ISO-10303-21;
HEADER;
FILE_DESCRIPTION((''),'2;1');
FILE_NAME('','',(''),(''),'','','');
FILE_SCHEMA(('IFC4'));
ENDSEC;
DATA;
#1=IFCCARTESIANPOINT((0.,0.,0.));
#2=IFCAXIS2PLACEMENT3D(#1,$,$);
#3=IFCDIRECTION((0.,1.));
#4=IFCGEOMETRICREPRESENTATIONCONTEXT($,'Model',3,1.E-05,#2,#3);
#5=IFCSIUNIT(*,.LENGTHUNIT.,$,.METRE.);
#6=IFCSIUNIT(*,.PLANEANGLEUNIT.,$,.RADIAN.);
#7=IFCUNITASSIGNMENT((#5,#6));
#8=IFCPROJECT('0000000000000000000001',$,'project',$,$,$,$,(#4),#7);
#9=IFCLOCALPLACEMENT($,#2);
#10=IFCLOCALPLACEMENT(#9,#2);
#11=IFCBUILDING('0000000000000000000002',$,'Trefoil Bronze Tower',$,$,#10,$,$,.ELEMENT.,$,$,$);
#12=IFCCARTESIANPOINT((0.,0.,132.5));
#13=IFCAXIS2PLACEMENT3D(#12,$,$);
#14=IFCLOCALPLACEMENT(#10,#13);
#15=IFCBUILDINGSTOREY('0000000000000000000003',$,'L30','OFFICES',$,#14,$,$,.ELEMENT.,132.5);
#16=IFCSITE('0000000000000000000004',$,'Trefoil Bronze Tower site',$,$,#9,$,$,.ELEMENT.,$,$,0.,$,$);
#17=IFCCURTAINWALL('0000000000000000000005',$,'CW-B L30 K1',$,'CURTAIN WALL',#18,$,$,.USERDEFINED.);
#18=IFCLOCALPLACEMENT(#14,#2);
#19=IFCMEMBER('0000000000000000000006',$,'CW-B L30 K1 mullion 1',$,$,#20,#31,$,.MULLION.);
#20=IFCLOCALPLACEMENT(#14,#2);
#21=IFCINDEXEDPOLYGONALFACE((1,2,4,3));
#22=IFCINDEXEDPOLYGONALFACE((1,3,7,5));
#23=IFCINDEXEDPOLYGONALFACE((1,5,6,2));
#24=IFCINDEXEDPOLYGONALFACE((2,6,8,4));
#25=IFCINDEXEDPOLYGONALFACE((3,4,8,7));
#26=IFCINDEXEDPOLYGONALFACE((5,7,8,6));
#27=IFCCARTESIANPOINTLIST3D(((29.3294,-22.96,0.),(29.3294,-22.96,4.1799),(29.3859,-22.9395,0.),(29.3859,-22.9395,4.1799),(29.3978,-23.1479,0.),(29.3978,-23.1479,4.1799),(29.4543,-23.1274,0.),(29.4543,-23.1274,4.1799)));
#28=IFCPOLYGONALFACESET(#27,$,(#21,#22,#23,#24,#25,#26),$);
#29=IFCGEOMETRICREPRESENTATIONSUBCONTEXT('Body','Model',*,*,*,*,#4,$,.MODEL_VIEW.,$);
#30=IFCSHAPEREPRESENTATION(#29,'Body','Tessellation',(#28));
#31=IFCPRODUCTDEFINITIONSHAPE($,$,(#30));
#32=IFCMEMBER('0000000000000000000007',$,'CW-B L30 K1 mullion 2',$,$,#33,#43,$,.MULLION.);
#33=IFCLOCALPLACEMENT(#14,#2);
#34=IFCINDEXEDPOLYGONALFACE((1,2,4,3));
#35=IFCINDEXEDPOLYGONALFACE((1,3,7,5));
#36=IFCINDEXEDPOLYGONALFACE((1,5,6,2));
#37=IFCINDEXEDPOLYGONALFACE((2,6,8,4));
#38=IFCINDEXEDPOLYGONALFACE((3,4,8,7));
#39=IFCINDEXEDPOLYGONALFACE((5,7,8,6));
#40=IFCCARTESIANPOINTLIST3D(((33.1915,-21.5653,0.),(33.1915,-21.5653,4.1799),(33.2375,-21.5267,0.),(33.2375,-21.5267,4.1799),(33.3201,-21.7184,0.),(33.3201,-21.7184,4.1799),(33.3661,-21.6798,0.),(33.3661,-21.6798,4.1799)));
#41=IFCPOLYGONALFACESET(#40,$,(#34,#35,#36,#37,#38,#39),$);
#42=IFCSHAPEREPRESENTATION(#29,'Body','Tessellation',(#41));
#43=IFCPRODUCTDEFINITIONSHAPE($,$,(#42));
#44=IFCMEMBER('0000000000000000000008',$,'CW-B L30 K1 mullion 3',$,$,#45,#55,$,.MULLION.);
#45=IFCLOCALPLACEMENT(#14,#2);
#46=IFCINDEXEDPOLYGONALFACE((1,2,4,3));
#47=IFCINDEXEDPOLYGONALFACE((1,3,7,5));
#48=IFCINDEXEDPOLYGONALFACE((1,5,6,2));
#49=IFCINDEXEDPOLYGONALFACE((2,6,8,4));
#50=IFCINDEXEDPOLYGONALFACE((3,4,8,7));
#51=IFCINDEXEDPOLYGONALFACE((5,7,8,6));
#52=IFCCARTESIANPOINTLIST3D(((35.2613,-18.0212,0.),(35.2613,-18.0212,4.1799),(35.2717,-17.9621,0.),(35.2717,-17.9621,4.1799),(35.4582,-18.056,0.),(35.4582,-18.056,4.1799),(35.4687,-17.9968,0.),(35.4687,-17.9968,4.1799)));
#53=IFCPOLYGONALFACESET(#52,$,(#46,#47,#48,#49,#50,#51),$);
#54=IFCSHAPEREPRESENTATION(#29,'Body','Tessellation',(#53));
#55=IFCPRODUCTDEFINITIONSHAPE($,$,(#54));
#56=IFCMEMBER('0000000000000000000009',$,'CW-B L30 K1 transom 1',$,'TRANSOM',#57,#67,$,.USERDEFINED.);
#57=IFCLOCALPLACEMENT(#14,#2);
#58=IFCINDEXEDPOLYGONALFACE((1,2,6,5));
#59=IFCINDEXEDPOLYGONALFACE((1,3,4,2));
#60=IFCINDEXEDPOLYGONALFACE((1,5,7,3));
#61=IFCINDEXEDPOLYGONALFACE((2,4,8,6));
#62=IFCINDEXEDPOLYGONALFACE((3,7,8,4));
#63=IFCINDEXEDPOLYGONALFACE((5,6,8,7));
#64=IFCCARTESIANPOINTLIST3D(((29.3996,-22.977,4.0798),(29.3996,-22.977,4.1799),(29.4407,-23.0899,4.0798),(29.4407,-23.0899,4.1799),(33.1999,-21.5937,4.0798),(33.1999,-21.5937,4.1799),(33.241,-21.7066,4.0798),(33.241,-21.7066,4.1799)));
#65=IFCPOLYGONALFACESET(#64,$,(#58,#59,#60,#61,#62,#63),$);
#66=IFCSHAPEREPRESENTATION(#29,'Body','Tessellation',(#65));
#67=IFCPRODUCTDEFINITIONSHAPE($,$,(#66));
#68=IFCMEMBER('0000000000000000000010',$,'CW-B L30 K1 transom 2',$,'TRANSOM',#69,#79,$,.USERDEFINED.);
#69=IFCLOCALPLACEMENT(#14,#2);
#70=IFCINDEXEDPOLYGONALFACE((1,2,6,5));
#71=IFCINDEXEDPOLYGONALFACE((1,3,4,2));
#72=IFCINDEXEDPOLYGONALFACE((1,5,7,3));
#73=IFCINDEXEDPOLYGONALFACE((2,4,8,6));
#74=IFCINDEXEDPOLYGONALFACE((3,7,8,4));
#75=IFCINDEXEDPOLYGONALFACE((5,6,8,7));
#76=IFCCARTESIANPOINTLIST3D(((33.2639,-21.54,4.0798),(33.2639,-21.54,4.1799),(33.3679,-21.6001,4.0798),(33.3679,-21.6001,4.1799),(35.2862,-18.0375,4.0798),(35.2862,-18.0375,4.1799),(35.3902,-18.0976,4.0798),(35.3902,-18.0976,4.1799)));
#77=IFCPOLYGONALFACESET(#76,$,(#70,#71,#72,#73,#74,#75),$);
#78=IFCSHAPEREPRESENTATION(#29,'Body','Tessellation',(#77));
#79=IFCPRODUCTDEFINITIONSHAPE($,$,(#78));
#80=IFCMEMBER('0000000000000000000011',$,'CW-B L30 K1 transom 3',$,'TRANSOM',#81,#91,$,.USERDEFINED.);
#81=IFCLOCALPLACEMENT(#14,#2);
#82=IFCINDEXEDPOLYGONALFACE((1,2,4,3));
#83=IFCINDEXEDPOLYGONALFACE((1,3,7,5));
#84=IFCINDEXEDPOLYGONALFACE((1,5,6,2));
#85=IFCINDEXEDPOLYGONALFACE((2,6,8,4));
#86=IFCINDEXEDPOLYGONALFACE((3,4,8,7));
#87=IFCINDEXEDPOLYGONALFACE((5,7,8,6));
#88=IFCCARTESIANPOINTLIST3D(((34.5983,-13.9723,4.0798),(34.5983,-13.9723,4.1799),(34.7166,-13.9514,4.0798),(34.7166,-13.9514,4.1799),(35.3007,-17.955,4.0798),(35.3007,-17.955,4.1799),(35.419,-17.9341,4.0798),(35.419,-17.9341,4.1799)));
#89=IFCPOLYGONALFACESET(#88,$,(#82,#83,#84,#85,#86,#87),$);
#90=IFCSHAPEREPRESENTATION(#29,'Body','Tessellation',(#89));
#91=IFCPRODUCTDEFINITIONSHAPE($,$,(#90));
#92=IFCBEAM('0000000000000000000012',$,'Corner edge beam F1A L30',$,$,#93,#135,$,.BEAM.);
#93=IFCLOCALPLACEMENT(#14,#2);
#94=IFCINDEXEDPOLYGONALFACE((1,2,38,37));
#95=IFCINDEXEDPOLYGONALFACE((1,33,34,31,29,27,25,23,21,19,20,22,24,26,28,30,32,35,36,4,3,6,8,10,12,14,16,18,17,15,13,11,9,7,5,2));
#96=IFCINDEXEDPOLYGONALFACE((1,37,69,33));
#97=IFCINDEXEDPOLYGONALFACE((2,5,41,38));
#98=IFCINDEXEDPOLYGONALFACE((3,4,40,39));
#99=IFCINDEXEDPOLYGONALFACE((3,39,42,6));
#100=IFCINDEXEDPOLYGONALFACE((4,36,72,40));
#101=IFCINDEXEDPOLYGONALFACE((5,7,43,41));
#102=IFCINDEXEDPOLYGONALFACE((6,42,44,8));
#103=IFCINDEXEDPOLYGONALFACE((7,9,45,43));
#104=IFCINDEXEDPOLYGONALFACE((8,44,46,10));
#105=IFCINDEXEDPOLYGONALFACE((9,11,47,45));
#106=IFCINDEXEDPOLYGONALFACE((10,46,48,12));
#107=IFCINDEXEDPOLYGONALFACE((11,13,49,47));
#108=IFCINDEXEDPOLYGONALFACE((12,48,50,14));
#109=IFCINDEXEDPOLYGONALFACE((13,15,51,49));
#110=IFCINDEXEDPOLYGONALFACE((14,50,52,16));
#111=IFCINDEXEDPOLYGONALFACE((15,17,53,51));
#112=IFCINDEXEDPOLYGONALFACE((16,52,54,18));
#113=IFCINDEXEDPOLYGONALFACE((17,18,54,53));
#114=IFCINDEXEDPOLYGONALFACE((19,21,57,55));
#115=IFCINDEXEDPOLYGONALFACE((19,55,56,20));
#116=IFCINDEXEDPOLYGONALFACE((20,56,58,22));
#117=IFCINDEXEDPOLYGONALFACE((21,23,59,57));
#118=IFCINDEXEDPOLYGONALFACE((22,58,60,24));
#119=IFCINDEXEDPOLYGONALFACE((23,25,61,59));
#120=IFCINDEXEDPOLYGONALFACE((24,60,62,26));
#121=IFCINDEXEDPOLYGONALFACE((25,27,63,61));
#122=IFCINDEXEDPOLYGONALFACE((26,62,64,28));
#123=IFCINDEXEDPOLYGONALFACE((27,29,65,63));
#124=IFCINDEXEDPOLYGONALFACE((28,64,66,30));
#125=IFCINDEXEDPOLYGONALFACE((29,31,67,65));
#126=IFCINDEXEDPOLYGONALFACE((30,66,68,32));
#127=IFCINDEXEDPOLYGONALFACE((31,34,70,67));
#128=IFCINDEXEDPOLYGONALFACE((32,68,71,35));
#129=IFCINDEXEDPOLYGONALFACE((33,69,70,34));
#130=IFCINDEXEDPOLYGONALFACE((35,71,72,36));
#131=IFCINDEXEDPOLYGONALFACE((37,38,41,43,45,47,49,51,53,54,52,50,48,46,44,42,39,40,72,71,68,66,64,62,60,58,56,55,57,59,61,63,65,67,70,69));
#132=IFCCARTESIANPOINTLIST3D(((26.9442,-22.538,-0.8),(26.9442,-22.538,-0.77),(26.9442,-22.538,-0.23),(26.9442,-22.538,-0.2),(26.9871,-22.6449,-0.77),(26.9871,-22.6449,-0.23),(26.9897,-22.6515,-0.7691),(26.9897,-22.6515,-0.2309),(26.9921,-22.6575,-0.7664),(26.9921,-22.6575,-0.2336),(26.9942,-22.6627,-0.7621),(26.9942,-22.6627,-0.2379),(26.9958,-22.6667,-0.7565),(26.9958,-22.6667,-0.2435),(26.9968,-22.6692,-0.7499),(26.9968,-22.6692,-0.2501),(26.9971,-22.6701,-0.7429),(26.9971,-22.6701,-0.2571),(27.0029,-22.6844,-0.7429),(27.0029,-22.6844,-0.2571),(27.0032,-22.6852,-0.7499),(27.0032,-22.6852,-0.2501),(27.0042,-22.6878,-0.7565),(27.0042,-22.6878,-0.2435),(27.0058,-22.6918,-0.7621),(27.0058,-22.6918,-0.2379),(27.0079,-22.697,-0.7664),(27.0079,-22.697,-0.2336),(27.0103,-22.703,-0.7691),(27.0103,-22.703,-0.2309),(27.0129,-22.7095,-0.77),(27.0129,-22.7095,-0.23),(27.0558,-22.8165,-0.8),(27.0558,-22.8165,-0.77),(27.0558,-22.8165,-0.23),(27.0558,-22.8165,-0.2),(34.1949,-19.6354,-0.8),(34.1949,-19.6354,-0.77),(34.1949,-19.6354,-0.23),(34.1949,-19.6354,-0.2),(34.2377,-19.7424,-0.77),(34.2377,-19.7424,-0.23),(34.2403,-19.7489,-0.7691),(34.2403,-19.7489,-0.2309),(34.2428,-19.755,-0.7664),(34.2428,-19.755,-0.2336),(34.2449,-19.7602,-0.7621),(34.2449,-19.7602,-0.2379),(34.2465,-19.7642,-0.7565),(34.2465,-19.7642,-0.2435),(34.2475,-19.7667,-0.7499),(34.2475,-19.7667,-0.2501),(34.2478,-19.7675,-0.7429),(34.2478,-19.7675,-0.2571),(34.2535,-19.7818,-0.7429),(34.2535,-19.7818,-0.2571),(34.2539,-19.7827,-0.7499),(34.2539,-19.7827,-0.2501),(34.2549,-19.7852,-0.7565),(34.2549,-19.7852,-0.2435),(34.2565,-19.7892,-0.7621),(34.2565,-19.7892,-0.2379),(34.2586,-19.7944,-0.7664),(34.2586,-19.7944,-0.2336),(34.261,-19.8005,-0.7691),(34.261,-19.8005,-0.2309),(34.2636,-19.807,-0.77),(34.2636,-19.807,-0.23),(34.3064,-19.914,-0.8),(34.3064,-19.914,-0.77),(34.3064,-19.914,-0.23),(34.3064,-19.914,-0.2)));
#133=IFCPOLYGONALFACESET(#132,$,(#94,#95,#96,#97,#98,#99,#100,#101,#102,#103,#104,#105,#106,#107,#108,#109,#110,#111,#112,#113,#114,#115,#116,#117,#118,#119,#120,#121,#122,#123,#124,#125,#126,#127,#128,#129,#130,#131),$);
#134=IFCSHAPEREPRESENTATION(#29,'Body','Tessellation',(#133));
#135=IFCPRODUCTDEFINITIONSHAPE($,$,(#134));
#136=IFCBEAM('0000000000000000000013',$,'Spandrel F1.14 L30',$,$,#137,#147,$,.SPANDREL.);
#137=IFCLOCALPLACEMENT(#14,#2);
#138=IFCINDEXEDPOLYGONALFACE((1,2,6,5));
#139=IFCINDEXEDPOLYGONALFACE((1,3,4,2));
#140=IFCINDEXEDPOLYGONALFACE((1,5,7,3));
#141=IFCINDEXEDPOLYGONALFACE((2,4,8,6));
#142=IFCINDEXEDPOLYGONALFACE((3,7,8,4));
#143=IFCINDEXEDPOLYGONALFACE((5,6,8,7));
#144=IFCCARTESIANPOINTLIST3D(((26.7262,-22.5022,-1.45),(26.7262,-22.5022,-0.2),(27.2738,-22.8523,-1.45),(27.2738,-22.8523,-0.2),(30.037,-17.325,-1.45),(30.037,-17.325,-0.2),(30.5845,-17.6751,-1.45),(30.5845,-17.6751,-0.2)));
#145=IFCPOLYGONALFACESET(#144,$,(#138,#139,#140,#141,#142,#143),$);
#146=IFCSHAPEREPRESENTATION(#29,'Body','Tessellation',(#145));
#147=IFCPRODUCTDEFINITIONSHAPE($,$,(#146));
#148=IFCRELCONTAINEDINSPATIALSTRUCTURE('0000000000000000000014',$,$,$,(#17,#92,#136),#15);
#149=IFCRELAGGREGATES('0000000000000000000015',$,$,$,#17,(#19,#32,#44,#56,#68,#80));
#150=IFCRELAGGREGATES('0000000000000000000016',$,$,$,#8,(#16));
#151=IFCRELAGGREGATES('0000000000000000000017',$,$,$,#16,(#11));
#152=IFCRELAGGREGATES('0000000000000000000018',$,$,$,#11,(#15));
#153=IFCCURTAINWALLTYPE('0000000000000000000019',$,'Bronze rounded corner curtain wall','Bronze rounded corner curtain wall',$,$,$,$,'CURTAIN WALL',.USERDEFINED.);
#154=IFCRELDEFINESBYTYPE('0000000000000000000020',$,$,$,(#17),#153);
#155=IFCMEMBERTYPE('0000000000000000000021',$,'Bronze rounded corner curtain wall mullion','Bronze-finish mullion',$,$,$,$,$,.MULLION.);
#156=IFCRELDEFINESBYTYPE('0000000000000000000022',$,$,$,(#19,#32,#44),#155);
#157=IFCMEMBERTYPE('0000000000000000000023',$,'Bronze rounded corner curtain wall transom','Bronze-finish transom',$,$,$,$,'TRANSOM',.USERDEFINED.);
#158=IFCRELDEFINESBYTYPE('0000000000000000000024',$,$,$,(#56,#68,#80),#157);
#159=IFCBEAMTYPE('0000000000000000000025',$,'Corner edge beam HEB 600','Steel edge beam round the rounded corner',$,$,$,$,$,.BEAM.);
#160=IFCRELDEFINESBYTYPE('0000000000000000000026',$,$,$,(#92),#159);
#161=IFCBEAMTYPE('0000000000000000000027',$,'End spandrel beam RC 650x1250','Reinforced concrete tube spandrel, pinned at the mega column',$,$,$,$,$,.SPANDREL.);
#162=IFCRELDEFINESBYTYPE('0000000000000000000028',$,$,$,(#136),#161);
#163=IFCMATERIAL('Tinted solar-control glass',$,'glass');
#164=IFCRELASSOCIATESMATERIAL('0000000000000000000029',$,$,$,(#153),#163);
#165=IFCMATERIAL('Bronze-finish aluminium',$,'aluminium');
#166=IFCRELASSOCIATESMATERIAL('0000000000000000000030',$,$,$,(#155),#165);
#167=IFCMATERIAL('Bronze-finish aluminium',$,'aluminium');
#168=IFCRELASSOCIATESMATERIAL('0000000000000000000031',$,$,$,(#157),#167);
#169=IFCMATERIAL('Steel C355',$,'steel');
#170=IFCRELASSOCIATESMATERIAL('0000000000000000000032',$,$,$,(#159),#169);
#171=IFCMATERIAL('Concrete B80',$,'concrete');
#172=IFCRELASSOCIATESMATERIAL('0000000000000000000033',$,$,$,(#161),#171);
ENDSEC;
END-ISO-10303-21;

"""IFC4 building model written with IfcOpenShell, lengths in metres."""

from ifc_helpers import new_model, si_unit, direction, frame, origin, origin_2d, place, context, subcontext, project, spatial, rectangle, i_section, extrude, material, material_profile, profile_set, type_object, element, aggregate, save


model = new_model("IFC4")

# Units and contexts
model_context = context("Model", 3, precision=1e-05, world=origin(), true_north=direction((0.0, 1.0)))
body_context = subcontext(model_context, "Body", "Model", "MODEL_VIEW")
ifc_project = project(units=[si_unit("LENGTHUNIT", "METRE"), si_unit("PLANEANGLEUNIT", "RADIAN")], contexts=[model_context])

# Site, building, storey
site_placement = place(None, origin())
site = spatial("IfcSite", under=ifc_project, at=site_placement, Name="Trefoil Bronze Tower site", CompositionType="ELEMENT", RefElevation=0.0)
building_placement = place(site_placement, origin())
building = spatial("IfcBuilding", under=site, at=building_placement, Name="Trefoil Bronze Tower", CompositionType="ELEMENT")
storey_placement = place(building_placement, frame((0.0, 0.0, 132.5)))
storey = spatial("IfcBuildingStorey", under=building, at=storey_placement, Name="L30", Description="OFFICES", CompositionType="ELEMENT", Elevation=132.5)

# Curtain wall, members
ifc_material_1 = material(Name="Tinted solar-control glass", Category="glass")
curtain_wall_type_1 = type_object("IfcCurtainWallType", Name="Bronze rounded corner curtain wall", Description="Bronze rounded corner curtain wall", ElementType="CURTAIN WALL", PredefinedType="USERDEFINED", material=ifc_material_1)
curtain_wall_1_placement = place(storey_placement, origin())
curtain_wall_1 = element("IfcCurtainWall", 1, at=curtain_wall_1_placement, inside=storey, type_object=curtain_wall_type_1, Name="CW-B L30 K1", ObjectType="CURTAIN WALL", PredefinedType="USERDEFINED")
ifc_material_2 = material(Name="Bronze-finish aluminium", Category="aluminium")
ifc_material_profile_1 = material_profile(ifc_material_2, rectangle(XDim=0.2, YDim=0.0601, at=origin_2d()), Name="CW-B mullion")
ifc_profile_set_1 = profile_set([ifc_material_profile_1], Name="Bronze-finish aluminium")
member_type_1 = type_object("IfcMemberType", Name="Bronze rounded corner curtain wall mullion", Description="Bronze-finish mullion", PredefinedType="MULLION", material=ifc_profile_set_1)
member_1_placement = place(storey_placement, frame((29.3918, -23.0437, 0.0), z_axis=(0.0, 0.0, 1.0), x_axis=(-0.34202, 0.939693, 0.0)))
member_1 = element("IfcMember", 2, at=member_1_placement, type_object=member_type_1, Name="CW-B L30 K1 mullion 1", PredefinedType="MULLION", context=body_context, shape_type="SweptSolid", body=[
    extrude(rectangle(XDim=0.2, YDim=0.0601, at=origin_2d()), origin(), (0.0, 0.0, 1.0), 4.1799),
])
member_2_placement = place(storey_placement, frame((33.2788, -21.6226, 0.0), z_axis=(0.0, 0.0, 1.0), x_axis=(-0.642788, 0.766044, 0.0)))
member_2 = element("IfcMember", 3, at=member_2_placement, type_object=member_type_1, Name="CW-B L30 K1 mullion 2", PredefinedType="MULLION", context=body_context, shape_type="SweptSolid", body=[
    extrude(rectangle(XDim=0.2, YDim=0.0601, at=origin_2d()), origin(), (0.0, 0.0, 1.0), 4.1799),
])
member_3_placement = place(storey_placement, frame((35.365, -18.009, 0.0), z_axis=(0.0, 0.0, 1.0), x_axis=(-0.984808, 0.173648, 0.0)))
member_3 = element("IfcMember", 4, at=member_3_placement, type_object=member_type_1, Name="CW-B L30 K1 mullion 3", PredefinedType="MULLION", context=body_context, shape_type="SweptSolid", body=[
    extrude(rectangle(XDim=0.2, YDim=0.0601, at=origin_2d()), origin(), (0.0, 0.0, 1.0), 4.1799),
])
ifc_material_3 = material(Name="Bronze-finish aluminium", Category="aluminium")
ifc_material_profile_2 = material_profile(ifc_material_3, rectangle(XDim=0.1201, YDim=0.1001, at=origin_2d()), Name="CW-B transom")
ifc_profile_set_2 = profile_set([ifc_material_profile_2], Name="Bronze-finish aluminium")
member_type_2 = type_object("IfcMemberType", Name="Bronze rounded corner curtain wall transom", Description="Bronze-finish transom", ElementType="TRANSOM", PredefinedType="USERDEFINED", material=ifc_profile_set_2)
member_4_placement = place(storey_placement, frame((29.4202, -23.0334, 4.1299), z_axis=(0.939684, 0.342044, 0.0), x_axis=(-0.342044, 0.939684, 0.0)))
member_4 = element("IfcMember", 5, at=member_4_placement, type_object=member_type_2, Name="CW-B L30 K1 transom 1", ObjectType="TRANSOM", PredefinedType="USERDEFINED", context=body_context, shape_type="SweptSolid", body=[
    extrude(rectangle(XDim=0.1201, YDim=0.1001, at=origin_2d()), origin(), (0.0, 0.0, 1.0), 4.0442),
])
member_5_placement = place(storey_placement, frame((33.3159, -21.5701, 4.1299), z_axis=(0.500015, 0.866017, 0.0), x_axis=(-0.866017, 0.500015, 0.0)))
member_5 = element("IfcMember", 6, at=member_5_placement, type_object=member_type_2, Name="CW-B L30 K1 transom 2", ObjectType="TRANSOM", PredefinedType="USERDEFINED", context=body_context, shape_type="SweptSolid", body=[
    extrude(rectangle(XDim=0.1201, YDim=0.1001, at=origin_2d()), origin(), (0.0, 0.0, 1.0), 4.0444),
])
member_6_placement = place(storey_placement, frame((35.3599, -17.9446, 4.1299), z_axis=(-0.173682, 0.984802, 0.0), x_axis=(-0.984802, -0.173682, 0.0)))
member_6 = element("IfcMember", 7, at=member_6_placement, type_object=member_type_2, Name="CW-B L30 K1 transom 3", ObjectType="TRANSOM", PredefinedType="USERDEFINED", context=body_context, shape_type="SweptSolid", body=[
    extrude(rectangle(XDim=0.1201, YDim=0.1001, at=origin_2d()), origin(), (0.0, 0.0, 1.0), 4.0442),
])

# Beams
ifc_material_4 = material(Name="Steel C355", Category="steel")
ifc_material_profile_3 = material_profile(ifc_material_4, i_section(OverallWidth=0.3, OverallDepth=0.6001, WebThickness=0.0154, FlangeThickness=0.03, FilletRadius=0.0271, at=origin_2d()), Name="HEB 600")
ifc_profile_set_3 = profile_set([ifc_material_profile_3], Name="Steel C355")
beam_type_1 = type_object("IfcBeamType", Name="Corner edge beam HEB 600", Description="Steel edge beam round the rounded corner", PredefinedType="BEAM", material=ifc_profile_set_3)
beam_1_placement = place(storey_placement, frame((27.0, -22.6772, -0.5), z_axis=(0.928375, 0.371644, 0.0), x_axis=(-0.371644, 0.928375, 0.0)))
element("IfcBeam", 8, at=beam_1_placement, inside=storey, type_object=beam_type_1, Name="Corner edge beam F1A L30", PredefinedType="BEAM", context=body_context, shape_type="SweptSolid", body=[
    extrude(i_section(OverallWidth=0.3, OverallDepth=0.6001, WebThickness=0.0154, FlangeThickness=0.03, FilletRadius=0.0271, at=origin_2d()), origin(), (0.0, 0.0, 1.0), 7.8101),
])
ifc_material_5 = material(Name="Concrete B80", Category="concrete")
ifc_material_profile_4 = material_profile(ifc_material_5, rectangle(XDim=0.6499, YDim=1.25, at=origin_2d()), Name="RC 650x1250")
ifc_profile_set_4 = profile_set([ifc_material_profile_4], Name="Concrete B80")
beam_type_2 = type_object("IfcBeamType", Name="End spandrel beam RC 650x1250", Description="Reinforced concrete tube spandrel, pinned at the mega column", PredefinedType="SPANDREL", material=ifc_profile_set_4)
beam_2_placement = place(storey_placement, frame((27.0, -22.6772, -0.825), z_axis=(0.538748, 0.842467, 0.0), x_axis=(-0.842467, 0.538748, 0.0)))
element("IfcBeam", 9, at=beam_2_placement, inside=storey, type_object=beam_type_2, Name="Spandrel F1.14 L30", PredefinedType="SPANDREL", context=body_context, shape_type="SweptSolid", body=[
    extrude(rectangle(XDim=0.6499, YDim=1.25, at=origin_2d()), origin(), (0.0, 0.0, 1.0), 6.1453),
])

aggregate(curtain_wall_1, [member_1, member_2, member_3, member_4, member_5, member_6])

save(model, "model.ifc")
